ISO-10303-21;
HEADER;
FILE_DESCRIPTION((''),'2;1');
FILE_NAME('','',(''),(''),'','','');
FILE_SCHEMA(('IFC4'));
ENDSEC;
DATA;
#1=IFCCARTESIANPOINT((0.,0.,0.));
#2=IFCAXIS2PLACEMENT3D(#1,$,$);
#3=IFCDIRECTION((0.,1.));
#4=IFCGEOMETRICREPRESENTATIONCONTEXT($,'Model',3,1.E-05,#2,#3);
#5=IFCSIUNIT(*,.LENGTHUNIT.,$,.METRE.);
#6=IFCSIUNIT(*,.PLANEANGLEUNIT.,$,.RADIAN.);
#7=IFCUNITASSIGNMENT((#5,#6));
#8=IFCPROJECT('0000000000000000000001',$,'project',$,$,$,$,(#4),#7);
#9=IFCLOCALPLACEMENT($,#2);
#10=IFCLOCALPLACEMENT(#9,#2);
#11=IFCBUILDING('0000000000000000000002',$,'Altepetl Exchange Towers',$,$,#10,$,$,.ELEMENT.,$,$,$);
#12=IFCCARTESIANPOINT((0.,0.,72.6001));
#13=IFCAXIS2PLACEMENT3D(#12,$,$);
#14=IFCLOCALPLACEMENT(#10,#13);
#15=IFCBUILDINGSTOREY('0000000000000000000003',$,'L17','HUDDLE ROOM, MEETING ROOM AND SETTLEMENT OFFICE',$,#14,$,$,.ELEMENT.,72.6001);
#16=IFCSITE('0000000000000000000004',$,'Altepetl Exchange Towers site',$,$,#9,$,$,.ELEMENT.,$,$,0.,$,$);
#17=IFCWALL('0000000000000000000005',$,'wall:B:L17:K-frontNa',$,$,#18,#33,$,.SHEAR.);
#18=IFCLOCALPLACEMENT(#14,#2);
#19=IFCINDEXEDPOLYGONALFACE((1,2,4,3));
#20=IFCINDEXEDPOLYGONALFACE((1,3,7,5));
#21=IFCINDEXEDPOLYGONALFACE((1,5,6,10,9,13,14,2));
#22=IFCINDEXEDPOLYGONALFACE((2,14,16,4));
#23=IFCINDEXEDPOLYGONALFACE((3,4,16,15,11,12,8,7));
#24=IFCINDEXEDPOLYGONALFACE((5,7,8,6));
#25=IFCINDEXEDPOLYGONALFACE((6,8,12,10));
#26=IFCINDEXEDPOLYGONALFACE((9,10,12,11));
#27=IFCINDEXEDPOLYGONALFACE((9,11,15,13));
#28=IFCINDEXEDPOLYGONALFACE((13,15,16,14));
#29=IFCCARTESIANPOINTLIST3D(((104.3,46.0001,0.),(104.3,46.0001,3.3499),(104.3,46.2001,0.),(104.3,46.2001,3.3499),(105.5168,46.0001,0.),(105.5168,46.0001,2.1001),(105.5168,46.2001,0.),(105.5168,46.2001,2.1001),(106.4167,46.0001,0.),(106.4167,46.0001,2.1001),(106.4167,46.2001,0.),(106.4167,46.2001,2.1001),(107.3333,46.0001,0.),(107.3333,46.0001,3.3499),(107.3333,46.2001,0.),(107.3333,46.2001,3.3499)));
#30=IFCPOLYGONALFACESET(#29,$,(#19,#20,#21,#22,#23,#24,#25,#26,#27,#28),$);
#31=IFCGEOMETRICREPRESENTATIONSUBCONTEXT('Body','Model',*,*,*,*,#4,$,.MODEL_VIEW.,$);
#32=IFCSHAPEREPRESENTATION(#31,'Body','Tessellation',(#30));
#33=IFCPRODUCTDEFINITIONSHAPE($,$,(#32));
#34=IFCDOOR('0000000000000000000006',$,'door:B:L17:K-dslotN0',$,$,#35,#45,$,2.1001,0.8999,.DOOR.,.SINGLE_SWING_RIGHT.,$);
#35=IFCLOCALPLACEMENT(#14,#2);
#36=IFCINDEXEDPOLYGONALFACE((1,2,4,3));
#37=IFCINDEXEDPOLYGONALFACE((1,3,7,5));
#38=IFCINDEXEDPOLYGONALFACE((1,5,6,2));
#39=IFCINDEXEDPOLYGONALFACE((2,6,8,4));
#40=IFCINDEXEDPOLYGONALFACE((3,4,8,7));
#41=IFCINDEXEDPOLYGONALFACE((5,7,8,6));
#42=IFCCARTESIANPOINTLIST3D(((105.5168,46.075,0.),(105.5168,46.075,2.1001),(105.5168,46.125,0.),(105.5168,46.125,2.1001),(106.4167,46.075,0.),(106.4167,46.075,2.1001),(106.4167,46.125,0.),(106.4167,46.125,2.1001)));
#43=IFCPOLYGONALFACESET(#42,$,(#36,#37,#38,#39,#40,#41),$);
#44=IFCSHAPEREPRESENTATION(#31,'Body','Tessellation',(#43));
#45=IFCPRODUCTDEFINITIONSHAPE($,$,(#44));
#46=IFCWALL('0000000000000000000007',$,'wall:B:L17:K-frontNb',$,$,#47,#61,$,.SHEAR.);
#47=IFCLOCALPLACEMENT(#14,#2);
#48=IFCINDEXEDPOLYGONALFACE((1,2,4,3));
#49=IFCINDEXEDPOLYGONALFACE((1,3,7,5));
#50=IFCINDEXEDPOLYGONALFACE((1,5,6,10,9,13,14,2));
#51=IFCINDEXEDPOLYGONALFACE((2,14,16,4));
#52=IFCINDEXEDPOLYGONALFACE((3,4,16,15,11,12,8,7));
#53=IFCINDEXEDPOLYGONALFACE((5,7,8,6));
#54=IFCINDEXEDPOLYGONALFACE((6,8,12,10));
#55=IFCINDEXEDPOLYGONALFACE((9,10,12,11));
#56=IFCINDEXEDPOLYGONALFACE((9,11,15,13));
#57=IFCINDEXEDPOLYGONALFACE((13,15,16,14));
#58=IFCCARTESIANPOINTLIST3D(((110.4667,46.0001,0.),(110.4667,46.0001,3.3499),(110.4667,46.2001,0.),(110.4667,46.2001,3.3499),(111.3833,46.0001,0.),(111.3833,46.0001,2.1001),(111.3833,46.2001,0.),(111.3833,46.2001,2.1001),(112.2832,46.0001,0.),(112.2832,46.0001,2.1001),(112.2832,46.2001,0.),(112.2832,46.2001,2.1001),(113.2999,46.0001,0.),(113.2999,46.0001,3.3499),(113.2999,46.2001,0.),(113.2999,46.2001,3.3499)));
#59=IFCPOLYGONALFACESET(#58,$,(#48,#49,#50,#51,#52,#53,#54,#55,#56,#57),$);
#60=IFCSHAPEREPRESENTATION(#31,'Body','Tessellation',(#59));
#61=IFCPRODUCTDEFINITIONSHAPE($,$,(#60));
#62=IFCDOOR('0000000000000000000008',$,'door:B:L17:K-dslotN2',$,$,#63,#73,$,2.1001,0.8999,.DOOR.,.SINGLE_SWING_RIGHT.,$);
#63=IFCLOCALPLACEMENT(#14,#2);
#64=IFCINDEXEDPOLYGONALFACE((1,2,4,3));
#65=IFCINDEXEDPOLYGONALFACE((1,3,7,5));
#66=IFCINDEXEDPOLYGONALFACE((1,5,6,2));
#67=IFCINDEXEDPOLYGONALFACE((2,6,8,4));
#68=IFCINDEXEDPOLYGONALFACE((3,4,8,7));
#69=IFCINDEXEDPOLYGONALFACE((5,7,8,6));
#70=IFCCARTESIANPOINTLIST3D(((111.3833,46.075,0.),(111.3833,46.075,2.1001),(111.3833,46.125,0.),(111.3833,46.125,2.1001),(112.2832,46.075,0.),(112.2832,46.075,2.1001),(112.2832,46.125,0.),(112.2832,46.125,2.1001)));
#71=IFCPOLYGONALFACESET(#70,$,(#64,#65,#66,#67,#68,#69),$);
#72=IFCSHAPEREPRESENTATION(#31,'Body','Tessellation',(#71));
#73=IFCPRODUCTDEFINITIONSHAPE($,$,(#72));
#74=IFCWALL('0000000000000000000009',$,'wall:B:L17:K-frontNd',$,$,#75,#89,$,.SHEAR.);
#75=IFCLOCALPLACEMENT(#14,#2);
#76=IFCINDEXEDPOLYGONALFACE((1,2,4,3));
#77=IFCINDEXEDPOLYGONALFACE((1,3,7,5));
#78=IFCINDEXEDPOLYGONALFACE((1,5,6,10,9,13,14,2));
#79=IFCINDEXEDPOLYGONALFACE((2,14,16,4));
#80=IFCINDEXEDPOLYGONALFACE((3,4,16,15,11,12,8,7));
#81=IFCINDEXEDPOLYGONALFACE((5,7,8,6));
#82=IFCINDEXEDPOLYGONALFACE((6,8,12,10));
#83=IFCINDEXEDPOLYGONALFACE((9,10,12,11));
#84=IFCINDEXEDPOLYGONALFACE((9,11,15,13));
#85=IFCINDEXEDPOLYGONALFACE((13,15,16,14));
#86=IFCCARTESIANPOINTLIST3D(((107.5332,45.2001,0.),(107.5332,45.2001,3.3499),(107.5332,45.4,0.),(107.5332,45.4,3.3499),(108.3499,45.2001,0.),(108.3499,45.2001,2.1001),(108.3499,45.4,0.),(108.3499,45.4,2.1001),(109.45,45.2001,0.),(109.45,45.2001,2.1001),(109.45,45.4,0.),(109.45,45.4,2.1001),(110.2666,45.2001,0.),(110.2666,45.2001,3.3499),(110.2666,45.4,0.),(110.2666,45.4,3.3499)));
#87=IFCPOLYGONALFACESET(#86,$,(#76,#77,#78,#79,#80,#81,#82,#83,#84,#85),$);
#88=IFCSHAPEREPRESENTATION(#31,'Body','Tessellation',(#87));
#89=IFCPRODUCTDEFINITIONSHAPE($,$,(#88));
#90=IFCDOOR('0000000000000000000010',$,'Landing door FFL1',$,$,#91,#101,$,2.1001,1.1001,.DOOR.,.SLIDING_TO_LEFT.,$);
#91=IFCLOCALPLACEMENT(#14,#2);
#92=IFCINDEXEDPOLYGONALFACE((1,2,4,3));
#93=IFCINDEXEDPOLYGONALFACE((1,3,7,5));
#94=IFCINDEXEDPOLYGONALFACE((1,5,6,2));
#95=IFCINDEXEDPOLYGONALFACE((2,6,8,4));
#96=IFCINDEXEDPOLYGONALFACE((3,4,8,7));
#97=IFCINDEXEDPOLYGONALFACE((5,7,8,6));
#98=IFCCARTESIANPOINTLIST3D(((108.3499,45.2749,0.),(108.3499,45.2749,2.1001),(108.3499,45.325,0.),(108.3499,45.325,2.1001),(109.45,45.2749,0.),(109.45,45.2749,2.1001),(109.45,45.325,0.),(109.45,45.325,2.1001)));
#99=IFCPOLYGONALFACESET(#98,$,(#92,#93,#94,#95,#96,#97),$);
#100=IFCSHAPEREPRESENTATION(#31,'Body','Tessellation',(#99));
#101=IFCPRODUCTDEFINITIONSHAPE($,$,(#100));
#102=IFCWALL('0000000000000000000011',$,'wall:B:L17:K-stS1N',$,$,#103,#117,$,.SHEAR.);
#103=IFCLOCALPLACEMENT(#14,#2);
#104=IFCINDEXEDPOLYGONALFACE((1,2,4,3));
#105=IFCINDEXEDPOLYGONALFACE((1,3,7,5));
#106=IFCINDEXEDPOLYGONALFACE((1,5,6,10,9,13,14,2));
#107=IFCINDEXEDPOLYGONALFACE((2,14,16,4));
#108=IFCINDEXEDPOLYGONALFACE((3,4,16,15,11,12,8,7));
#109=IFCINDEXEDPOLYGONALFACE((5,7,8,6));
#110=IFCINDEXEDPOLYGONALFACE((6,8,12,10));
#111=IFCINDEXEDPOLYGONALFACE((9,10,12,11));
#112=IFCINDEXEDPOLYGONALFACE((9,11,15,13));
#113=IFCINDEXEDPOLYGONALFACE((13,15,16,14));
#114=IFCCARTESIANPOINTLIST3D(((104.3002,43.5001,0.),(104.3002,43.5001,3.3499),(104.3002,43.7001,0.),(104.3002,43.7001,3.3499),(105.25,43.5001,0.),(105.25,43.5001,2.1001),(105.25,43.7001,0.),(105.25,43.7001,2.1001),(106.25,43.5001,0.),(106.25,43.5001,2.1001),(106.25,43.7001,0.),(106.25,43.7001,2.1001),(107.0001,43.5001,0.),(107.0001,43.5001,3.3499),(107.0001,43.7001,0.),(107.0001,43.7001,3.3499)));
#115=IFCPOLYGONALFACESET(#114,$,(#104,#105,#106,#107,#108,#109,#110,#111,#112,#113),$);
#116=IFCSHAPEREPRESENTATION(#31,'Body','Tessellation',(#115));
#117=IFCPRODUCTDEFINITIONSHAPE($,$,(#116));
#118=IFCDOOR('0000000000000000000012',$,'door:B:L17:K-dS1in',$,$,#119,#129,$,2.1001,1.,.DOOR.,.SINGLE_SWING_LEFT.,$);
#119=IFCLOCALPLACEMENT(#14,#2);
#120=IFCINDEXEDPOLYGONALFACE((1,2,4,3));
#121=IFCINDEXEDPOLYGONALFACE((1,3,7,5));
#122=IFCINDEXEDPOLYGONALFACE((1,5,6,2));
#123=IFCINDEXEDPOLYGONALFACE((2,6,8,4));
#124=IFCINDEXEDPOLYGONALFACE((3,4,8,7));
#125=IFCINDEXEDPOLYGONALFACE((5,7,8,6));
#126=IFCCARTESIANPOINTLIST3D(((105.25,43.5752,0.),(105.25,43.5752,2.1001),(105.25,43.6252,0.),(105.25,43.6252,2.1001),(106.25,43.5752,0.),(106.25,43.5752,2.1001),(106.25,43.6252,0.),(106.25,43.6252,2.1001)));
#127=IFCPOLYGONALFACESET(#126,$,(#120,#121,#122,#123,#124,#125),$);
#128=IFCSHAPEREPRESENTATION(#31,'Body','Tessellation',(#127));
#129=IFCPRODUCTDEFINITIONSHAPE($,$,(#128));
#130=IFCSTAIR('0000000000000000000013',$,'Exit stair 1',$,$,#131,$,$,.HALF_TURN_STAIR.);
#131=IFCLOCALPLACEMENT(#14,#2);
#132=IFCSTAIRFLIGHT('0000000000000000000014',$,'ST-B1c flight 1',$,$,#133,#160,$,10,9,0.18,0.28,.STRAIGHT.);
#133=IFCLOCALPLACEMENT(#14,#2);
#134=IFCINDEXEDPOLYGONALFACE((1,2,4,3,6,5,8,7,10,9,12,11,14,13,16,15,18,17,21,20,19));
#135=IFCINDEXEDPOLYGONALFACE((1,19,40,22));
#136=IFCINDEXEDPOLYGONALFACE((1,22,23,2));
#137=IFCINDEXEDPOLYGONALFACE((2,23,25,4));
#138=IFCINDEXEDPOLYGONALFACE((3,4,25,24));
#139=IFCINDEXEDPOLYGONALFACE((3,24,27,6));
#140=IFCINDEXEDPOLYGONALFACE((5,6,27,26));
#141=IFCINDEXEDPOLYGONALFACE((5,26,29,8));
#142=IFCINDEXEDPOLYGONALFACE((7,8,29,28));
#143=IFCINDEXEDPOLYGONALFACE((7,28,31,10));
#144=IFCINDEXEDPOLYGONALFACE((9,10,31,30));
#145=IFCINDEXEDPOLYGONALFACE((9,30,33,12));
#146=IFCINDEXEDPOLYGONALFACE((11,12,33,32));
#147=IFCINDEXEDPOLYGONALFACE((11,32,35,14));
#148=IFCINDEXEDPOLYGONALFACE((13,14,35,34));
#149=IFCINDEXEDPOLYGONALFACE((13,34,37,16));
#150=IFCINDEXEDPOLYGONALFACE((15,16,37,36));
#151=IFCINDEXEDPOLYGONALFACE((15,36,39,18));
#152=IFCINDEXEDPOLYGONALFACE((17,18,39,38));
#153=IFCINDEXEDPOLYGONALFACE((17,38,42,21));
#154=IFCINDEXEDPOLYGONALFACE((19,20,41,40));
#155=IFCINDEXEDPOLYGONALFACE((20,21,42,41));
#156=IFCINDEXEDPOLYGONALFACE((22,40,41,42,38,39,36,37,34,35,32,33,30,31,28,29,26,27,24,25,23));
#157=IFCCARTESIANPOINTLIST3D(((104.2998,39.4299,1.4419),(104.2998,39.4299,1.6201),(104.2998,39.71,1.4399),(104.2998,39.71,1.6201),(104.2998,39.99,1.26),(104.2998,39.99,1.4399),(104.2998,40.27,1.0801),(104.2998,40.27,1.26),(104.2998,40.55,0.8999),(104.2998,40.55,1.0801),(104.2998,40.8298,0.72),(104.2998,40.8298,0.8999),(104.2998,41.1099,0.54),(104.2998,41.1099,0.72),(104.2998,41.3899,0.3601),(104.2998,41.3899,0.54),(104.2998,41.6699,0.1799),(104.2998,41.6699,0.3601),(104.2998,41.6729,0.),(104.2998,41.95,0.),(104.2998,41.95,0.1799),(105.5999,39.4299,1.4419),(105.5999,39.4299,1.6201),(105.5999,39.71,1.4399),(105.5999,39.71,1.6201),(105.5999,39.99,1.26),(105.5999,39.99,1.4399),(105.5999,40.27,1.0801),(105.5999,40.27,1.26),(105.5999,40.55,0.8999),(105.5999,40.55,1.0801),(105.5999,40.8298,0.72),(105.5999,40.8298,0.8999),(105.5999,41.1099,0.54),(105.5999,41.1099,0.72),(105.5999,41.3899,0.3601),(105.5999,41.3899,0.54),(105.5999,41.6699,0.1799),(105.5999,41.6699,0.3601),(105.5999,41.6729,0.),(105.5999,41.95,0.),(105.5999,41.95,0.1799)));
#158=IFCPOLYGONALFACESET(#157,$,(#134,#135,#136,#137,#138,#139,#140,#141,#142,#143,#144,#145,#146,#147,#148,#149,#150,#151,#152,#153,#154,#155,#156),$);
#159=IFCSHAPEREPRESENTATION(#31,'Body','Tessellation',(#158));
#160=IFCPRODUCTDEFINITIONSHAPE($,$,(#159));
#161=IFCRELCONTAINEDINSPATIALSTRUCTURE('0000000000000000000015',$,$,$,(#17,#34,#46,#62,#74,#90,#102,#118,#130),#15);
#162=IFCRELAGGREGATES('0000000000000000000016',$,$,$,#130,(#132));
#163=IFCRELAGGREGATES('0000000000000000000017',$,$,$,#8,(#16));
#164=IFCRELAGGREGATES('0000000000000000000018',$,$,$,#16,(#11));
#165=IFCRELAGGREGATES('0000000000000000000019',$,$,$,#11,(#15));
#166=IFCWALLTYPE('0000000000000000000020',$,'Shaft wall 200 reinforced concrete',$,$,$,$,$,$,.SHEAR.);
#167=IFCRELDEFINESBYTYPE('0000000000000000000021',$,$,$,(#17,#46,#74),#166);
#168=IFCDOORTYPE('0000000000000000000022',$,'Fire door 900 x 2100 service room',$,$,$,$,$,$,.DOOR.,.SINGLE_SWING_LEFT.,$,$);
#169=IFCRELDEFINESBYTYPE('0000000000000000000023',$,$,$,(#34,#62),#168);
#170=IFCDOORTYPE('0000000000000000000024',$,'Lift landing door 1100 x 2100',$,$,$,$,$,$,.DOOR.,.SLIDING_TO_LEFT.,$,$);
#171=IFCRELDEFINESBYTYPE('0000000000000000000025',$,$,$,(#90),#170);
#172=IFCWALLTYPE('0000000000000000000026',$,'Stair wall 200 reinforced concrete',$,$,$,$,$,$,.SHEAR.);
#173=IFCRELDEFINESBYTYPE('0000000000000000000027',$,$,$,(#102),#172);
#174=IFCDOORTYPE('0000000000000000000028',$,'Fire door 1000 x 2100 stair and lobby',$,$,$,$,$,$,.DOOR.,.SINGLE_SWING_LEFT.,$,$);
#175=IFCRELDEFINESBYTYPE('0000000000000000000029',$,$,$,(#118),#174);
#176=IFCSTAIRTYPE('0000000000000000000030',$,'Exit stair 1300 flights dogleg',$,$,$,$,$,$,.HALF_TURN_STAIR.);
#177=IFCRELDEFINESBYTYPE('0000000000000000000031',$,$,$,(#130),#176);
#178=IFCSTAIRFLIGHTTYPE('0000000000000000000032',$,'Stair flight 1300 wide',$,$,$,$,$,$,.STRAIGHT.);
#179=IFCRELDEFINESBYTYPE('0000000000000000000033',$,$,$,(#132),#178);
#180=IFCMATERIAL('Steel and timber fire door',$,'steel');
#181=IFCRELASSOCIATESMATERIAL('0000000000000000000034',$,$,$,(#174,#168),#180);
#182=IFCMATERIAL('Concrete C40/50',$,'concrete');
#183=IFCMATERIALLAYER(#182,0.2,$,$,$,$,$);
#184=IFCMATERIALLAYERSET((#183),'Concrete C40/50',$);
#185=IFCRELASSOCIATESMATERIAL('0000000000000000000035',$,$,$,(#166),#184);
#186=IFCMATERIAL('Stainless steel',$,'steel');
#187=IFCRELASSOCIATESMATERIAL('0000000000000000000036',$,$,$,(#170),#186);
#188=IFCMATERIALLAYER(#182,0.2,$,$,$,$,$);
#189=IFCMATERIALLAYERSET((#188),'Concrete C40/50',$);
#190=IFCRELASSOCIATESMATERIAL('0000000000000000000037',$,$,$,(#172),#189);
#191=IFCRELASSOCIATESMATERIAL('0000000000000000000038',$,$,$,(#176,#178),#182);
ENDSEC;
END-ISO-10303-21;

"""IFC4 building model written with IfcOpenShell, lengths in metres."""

from ifc_helpers import new_model, si_unit, direction, frame, frame_2d, origin, place, context, subcontext, project, spatial, polyline, rectangle, outline, extrude, material, layer, layer_set, type_object, element, fill, aggregate, save


model = new_model("IFC4")

# Units and contexts
model_context = context("Model", 3, precision=1e-05, world=origin(), true_north=direction((0.0, 1.0)))
body_context = subcontext(model_context, "Body", "Model", "MODEL_VIEW")
ifc_project = project(units=[si_unit("LENGTHUNIT", "METRE"), si_unit("PLANEANGLEUNIT", "RADIAN")], contexts=[model_context])

# Site, building, storey
site_placement = place(None, origin())
site = spatial("IfcSite", under=ifc_project, at=site_placement, Name="Altepetl Exchange Towers site", CompositionType="ELEMENT", RefElevation=0.0)
building_placement = place(site_placement, origin())
building = spatial("IfcBuilding", under=site, at=building_placement, Name="Altepetl Exchange Towers", CompositionType="ELEMENT")
storey_placement = place(building_placement, frame((0.0, 0.0, 72.6001)))
storey = spatial("IfcBuildingStorey", under=building, at=storey_placement, Name="L17", Description="HUDDLE ROOM, MEETING ROOM AND SETTLEMENT OFFICE", CompositionType="ELEMENT", Elevation=72.6001)

# Shared definitions
ifc_material_1 = material(Name="Steel and timber fire door", Category="steel")
door_type_1 = type_object("IfcDoorType", Name="Fire door 1000 x 2100 stair and lobby", OperationType="SINGLE_SWING_LEFT", PredefinedType="DOOR", material=ifc_material_1)
door_type_2 = type_object("IfcDoorType", Name="Fire door 900 x 2100 service room", OperationType="SINGLE_SWING_LEFT", PredefinedType="DOOR", material=ifc_material_1)

# Shared definitions
ifc_material_2 = material(Name="Concrete C40/50", Category="concrete")
ifc_layer_1 = layer(ifc_material_2, 0.2)
ifc_layer_set_1 = layer_set([ifc_layer_1], Name="Concrete C40/50")
wall_type_1 = type_object("IfcWallType", Name="Shaft wall 200 reinforced concrete", PredefinedType="SHEAR", material=ifc_layer_set_1)

# Walls, openings, doors
wall_1_placement = place(storey_placement, frame((104.3, 46.1001, 0.0)))
wall_1 = element("IfcWall", 1, at=wall_1_placement, inside=storey, type_object=wall_type_1, Name="wall:B:L17:K-frontNa", PredefinedType="SHEAR", context=body_context, shape_type="SweptSolid", body=[
    extrude(rectangle(XDim=3.0332, YDim=0.2, at=frame_2d((1.5166, 0.0))), origin(), (0.0, 0.0, 1.0), 3.3499),
])
opening_1_placement = place(wall_1_placement, frame((1.2168, 0.0, 0.0)))
opening_1 = element("IfcOpeningElement", 2, at=opening_1_placement, cuts=wall_1, PredefinedType="OPENING", context=body_context, shape_type="SweptSolid", body=[
    extrude(rectangle(XDim=0.8999, YDim=2.1001, at=frame_2d((0.45, 1.05))), frame((0.0, 0.1099, 0.0), z_axis=(0.0, -1.0, 0.0), x_axis=(1.0, 0.0, 0.0)), (0.0, 0.0, 1.0), 0.22),
])
door_1_placement = place(opening_1_placement, origin())
door_1 = element("IfcDoor", 3, at=door_1_placement, inside=storey, type_object=door_type_2, Name="door:B:L17:K-dslotN0", OperationType="SINGLE_SWING_RIGHT", OverallHeight=2.1001, OverallWidth=0.8999, PredefinedType="DOOR", context=body_context, shape_type="SweptSolid", body=[
    extrude(rectangle(XDim=0.8999, YDim=2.1001, at=frame_2d((0.45, 1.05))), frame((0.0, 0.0249, 0.0), z_axis=(0.0, -1.0, 0.0), x_axis=(1.0, 0.0, 0.0)), (0.0, 0.0, 1.0), 0.05),
])
fill(opening_1, door_1)
wall_2_placement = place(storey_placement, frame((110.4668, 46.1001, 0.0)))
wall_2 = element("IfcWall", 4, at=wall_2_placement, inside=storey, type_object=wall_type_1, Name="wall:B:L17:K-frontNb", PredefinedType="SHEAR", context=body_context, shape_type="SweptSolid", body=[
    extrude(rectangle(XDim=2.8333, YDim=0.2, at=frame_2d((1.4165, 0.0))), origin(), (0.0, 0.0, 1.0), 3.3499),
])
opening_2_placement = place(wall_2_placement, frame((0.9165, 0.0, 0.0)))
opening_2 = element("IfcOpeningElement", 5, at=opening_2_placement, cuts=wall_2, PredefinedType="OPENING", context=body_context, shape_type="SweptSolid", body=[
    extrude(rectangle(XDim=0.8999, YDim=2.1001, at=frame_2d((0.45, 1.05))), frame((0.0, 0.1099, 0.0), z_axis=(0.0, -1.0, 0.0), x_axis=(1.0, 0.0, 0.0)), (0.0, 0.0, 1.0), 0.22),
])
door_2_placement = place(opening_2_placement, origin())
door_2 = element("IfcDoor", 6, at=door_2_placement, inside=storey, type_object=door_type_2, Name="door:B:L17:K-dslotN2", OperationType="SINGLE_SWING_RIGHT", OverallHeight=2.1001, OverallWidth=0.8999, PredefinedType="DOOR", context=body_context, shape_type="SweptSolid", body=[
    extrude(rectangle(XDim=0.8999, YDim=2.1001, at=frame_2d((0.45, 1.05))), frame((0.0, 0.0249, 0.0), z_axis=(0.0, -1.0, 0.0), x_axis=(1.0, 0.0, 0.0)), (0.0, 0.0, 1.0), 0.05),
])
fill(opening_2, door_2)
wall_3_placement = place(storey_placement, frame((107.5332, 45.3, 0.0)))
wall_3 = element("IfcWall", 7, at=wall_3_placement, inside=storey, type_object=wall_type_1, Name="wall:B:L17:K-frontNd", PredefinedType="SHEAR", context=body_context, shape_type="SweptSolid", body=[
    extrude(rectangle(XDim=2.7334, YDim=0.2, at=frame_2d((1.3667, 0.0))), origin(), (0.0, 0.0, 1.0), 3.3499),
])
opening_3_placement = place(wall_3_placement, frame((0.8167, 0.0, 0.0)))
opening_3 = element("IfcOpeningElement", 8, at=opening_3_placement, cuts=wall_3, PredefinedType="OPENING", context=body_context, shape_type="SweptSolid", body=[
    extrude(rectangle(XDim=1.1001, YDim=2.1001, at=frame_2d((0.55, 1.05))), frame((0.0, 0.1099, 0.0), z_axis=(0.0, -1.0, 0.0), x_axis=(1.0, 0.0, 0.0)), (0.0, 0.0, 1.0), 0.22),
])
ifc_material_3 = material(Name="Stainless steel", Category="steel")
door_type_3 = type_object("IfcDoorType", Name="Lift landing door 1100 x 2100", OperationType="SLIDING_TO_LEFT", PredefinedType="DOOR", material=ifc_material_3)
door_3_placement = place(opening_3_placement, origin())
door_3 = element("IfcDoor", 9, at=door_3_placement, inside=storey, type_object=door_type_3, Name="Landing door FFL1", OperationType="SLIDING_TO_LEFT", OverallHeight=2.1001, OverallWidth=1.1001, PredefinedType="DOOR", context=body_context, shape_type="SweptSolid", body=[
    extrude(rectangle(XDim=1.1001, YDim=2.1001, at=frame_2d((0.55, 1.05))), frame((0.0, 0.0249, 0.0), z_axis=(0.0, -1.0, 0.0), x_axis=(1.0, 0.0, 0.0)), (0.0, 0.0, 1.0), 0.05),
])
fill(opening_3, door_3)
ifc_layer_2 = layer(ifc_material_2, 0.2)
ifc_layer_set_2 = layer_set([ifc_layer_2], Name="Concrete C40/50")
wall_type_2 = type_object("IfcWallType", Name="Stair wall 200 reinforced concrete", PredefinedType="SHEAR", material=ifc_layer_set_2)
wall_4_placement = place(storey_placement, frame((104.3, 43.6001, 0.0)))
wall_4 = element("IfcWall", 10, at=wall_4_placement, inside=storey, type_object=wall_type_2, Name="wall:B:L17:K-stS1N", PredefinedType="SHEAR", context=body_context, shape_type="SweptSolid", body=[
    extrude(rectangle(XDim=2.7, YDim=0.2, at=frame_2d((1.3501, 0.0))), origin(), (0.0, 0.0, 1.0), 3.3499),
])
opening_4_placement = place(wall_4_placement, frame((0.95, 0.0, 0.0)))
opening_4 = element("IfcOpeningElement", 11, at=opening_4_placement, cuts=wall_4, PredefinedType="OPENING", context=body_context, shape_type="SweptSolid", body=[
    extrude(rectangle(XDim=1.0, YDim=2.1001, at=frame_2d((0.5, 1.05))), frame((0.0, 0.1099, 0.0), z_axis=(0.0, -1.0, 0.0), x_axis=(1.0, 0.0, 0.0)), (0.0, 0.0, 1.0), 0.22),
])
door_4_placement = place(opening_4_placement, frame((1.0, 0.0, 0.0), x_axis=(-1.0, 0.0, 0.0)))
door_4 = element("IfcDoor", 12, at=door_4_placement, inside=storey, type_object=door_type_1, Name="door:B:L17:K-dS1in", OperationType="SINGLE_SWING_LEFT", OverallHeight=2.1001, OverallWidth=1.0, PredefinedType="DOOR", context=body_context, shape_type="SweptSolid", body=[
    extrude(rectangle(XDim=1.0, YDim=2.1001, at=frame_2d((0.5, 1.05))), frame((0.0, 0.0249, 0.0), z_axis=(0.0, -1.0, 0.0), x_axis=(1.0, 0.0, 0.0)), (0.0, 0.0, 1.0), 0.05),
])
fill(opening_4, door_4)

# Stair, stair flight
stair_type = type_object("IfcStairType", Name="Exit stair 1300 flights dogleg", PredefinedType="HALF_TURN_STAIR", material=ifc_material_2)
stair_1_placement = place(storey_placement, origin())
stair_1 = element("IfcStair", 13, at=stair_1_placement, inside=storey, type_object=stair_type, Name="Exit stair 1", PredefinedType="HALF_TURN_STAIR")
stair_flight_type = type_object("IfcStairFlightType", Name="Stair flight 1300 wide", PredefinedType="STRAIGHT", material=ifc_material_2)
stair_flight_1_placement = place(storey_placement, frame((104.95, 41.95, 0.0), z_axis=(0.0, 0.0, 1.0), x_axis=(0.0, -1.0, 0.0)))
stair_flight_1 = element("IfcStairFlight", 14, at=stair_flight_1_placement, type_object=stair_flight_type, Name="ST-B1c flight 1", NumberOfRisers=10, NumberOfTreads=9, PredefinedType="STRAIGHT", RiserHeight=0.18, TreadLength=0.28, context=body_context, shape_type="SweptSolid", body=[
    extrude(outline(polyline([(0.0, 0.0), (0.0, 0.1799), (0.28, 0.1799), (0.28, 0.3601), (0.5601, 0.3601), (0.5601, 0.54), (0.8401, 0.54), (0.8401, 0.72), (1.1201, 0.72), (1.1201, 0.8999), (1.3999, 0.8999), (1.3999, 1.0801), (1.6799, 1.0801), (1.6799, 1.26), (1.96, 1.26), (1.96, 1.4399), (2.24, 1.4399), (2.24, 1.6201), (2.52, 1.6201), (2.52, 1.8), (2.52, 1.4419), (0.2771, 0.0), (0.0, 0.0)])), frame((0.0, 0.6499, 0.0), z_axis=(0.0, -1.0, 0.0), x_axis=(1.0, 0.0, 0.0)), (0.0, 0.0, 1.0), 1.3),
])
aggregate(stair_1, [stair_flight_1])

save(model, "model.ifc")
